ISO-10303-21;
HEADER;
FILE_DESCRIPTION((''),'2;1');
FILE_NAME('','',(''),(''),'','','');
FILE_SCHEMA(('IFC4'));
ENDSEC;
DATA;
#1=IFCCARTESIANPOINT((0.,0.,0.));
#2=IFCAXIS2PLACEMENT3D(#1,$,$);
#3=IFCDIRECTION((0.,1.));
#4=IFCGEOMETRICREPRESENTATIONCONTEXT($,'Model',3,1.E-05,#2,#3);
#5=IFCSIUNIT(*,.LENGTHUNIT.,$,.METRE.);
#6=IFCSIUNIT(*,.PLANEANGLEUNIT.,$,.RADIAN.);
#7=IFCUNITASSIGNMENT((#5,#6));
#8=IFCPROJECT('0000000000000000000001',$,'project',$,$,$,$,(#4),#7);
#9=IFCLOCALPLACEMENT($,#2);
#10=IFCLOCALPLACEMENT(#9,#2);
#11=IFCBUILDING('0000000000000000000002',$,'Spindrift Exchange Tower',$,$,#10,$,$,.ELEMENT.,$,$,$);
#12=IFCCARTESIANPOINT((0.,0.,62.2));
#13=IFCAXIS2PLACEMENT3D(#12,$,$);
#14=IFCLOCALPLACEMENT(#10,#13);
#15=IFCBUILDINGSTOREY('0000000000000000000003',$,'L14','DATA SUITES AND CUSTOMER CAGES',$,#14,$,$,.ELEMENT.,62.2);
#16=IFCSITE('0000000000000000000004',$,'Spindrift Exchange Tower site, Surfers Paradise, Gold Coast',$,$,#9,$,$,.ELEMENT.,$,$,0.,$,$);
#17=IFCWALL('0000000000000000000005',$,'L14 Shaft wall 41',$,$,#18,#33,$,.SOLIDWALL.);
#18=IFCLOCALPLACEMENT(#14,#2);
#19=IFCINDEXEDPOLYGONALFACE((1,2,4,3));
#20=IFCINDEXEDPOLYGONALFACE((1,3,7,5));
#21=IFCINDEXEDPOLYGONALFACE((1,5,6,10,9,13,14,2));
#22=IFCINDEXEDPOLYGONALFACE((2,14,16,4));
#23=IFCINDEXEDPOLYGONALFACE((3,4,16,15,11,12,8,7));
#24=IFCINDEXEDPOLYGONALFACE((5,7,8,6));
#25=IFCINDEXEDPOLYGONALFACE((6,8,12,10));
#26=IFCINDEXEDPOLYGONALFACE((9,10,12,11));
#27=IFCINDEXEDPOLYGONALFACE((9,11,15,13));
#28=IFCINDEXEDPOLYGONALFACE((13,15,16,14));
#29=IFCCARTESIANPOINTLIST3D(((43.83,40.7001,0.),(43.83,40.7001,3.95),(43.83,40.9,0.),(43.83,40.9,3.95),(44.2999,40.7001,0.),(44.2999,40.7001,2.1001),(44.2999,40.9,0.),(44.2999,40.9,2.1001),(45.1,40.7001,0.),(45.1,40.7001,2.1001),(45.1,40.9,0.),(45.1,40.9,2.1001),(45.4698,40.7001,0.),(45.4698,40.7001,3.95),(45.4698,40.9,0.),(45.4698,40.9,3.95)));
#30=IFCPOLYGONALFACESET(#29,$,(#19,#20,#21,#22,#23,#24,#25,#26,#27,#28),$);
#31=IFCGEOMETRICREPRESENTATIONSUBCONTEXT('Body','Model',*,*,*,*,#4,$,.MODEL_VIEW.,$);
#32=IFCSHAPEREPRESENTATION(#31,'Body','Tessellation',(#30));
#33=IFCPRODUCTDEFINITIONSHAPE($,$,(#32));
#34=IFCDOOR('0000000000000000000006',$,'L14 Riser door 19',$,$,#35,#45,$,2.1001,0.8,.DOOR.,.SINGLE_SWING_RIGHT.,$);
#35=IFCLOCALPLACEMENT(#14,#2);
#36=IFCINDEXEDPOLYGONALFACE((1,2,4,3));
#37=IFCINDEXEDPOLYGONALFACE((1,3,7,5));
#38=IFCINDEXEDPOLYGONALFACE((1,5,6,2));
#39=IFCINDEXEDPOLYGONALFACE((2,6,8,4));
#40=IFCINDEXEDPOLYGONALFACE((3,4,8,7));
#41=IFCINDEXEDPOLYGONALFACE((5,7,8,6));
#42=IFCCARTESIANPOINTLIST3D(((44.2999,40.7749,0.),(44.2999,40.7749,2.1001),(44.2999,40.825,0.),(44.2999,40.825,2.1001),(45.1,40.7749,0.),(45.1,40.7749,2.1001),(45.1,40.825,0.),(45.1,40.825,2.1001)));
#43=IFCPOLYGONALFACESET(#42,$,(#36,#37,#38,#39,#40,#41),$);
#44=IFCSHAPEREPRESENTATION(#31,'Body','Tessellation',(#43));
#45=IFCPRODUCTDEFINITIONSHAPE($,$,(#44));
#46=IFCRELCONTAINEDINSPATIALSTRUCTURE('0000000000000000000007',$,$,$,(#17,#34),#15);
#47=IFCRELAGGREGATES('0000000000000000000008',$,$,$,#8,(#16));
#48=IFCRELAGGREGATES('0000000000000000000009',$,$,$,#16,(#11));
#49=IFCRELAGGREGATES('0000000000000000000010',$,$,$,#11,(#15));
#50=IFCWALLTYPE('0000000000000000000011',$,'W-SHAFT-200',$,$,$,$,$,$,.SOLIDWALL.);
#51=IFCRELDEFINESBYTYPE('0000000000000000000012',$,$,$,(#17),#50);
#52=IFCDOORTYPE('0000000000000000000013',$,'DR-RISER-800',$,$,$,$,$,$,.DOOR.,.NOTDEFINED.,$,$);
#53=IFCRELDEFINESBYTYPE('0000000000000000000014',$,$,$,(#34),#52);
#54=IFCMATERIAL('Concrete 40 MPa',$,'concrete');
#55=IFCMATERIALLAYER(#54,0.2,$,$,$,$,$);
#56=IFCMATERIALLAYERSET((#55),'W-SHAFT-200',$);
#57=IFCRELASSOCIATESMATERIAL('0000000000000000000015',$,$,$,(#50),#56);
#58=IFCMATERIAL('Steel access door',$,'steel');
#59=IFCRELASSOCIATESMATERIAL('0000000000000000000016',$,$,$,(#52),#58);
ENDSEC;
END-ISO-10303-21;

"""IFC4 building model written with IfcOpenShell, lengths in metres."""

from ifc_helpers import new_model, si_unit, direction, frame, frame_2d, origin, place, context, subcontext, project, spatial, rectangle, extrude, source, transform, mapped, material, layer, layer_set, type_object, element, fill, save


model = new_model("IFC4")

# Units and contexts
model_context = context("Model", 3, precision=1e-05, world=origin(), true_north=direction((0.0, 1.0)))
body_context = subcontext(model_context, "Body", "Model", "MODEL_VIEW")
ifc_project = project(units=[si_unit("LENGTHUNIT", "METRE"), si_unit("PLANEANGLEUNIT", "RADIAN")], contexts=[model_context])

# Site, building, storey
site_placement = place(None, origin())
site = spatial("IfcSite", under=ifc_project, at=site_placement, Name="Spindrift Exchange Tower site, Surfers Paradise, Gold Coast", CompositionType="ELEMENT", RefElevation=0.0)
building_placement = place(site_placement, origin())
building = spatial("IfcBuilding", under=site, at=building_placement, Name="Spindrift Exchange Tower", CompositionType="ELEMENT")
storey_placement = place(building_placement, frame((0.0, 0.0, 62.2)))
storey = spatial("IfcBuildingStorey", under=building, at=storey_placement, Name="L14", Description="DATA SUITES AND CUSTOMER CAGES", CompositionType="ELEMENT", Elevation=62.2)

# Shared definitions
ifc_material_1 = material(Name="Steel access door", Category="steel")

# Shared definitions
ifc_material_2 = material(Name="Concrete 40 MPa", Category="concrete")
ifc_layer_1 = layer(ifc_material_2, 0.2)
ifc_layer_set_1 = layer_set([ifc_layer_1], Name="W-SHAFT-200")
wall_type_1 = type_object("IfcWallType", Name="W-SHAFT-200", PredefinedType="SOLIDWALL", material=ifc_layer_set_1)

# Wall, opening, door
wall_1_placement = place(storey_placement, frame((43.8301, 40.8, 0.0), z_axis=(0.0, 0.0, 1.0), x_axis=(1.0, 0.0, 0.0)))
wall_1 = element("IfcWall", 1, at=wall_1_placement, inside=storey, type_object=wall_type_1, Name="L14 Shaft wall 41", PredefinedType="SOLIDWALL", context=body_context, shape_type="SweptSolid", body=[
    extrude(rectangle(XDim=1.6399, YDim=0.2, at=frame_2d((0.8198, 0.0))), origin(), (0.0, 0.0, 1.0), 3.95),
])
opening_1_placement = place(wall_1_placement, frame((0.47, 0.0, 0.0)))
opening_1 = element("IfcOpeningElement", 2, at=opening_1_placement, cuts=wall_1, PredefinedType="OPENING", context=body_context, shape_type="SweptSolid", body=[
    extrude(rectangle(XDim=0.8, YDim=2.1001, at=frame_2d((0.3999, 1.05))), frame((0.0, 0.1099, 0.0), z_axis=(0.0, -1.0, 0.0), x_axis=(1.0, 0.0, 0.0)), (0.0, 0.0, 1.0), 0.22),
])
door_type_1 = type_object("IfcDoorType", Name="DR-RISER-800", OperationType="NOTDEFINED", PredefinedType="DOOR", material=ifc_material_1)
shared_shape_1 = source(origin(), body_context, "Body", "SweptSolid", [
    extrude(rectangle(XDim=0.8, YDim=2.1001, at=frame_2d((0.3999, 1.05))), frame((0.0, 0.0249, 0.0), z_axis=(0.0, -1.0, 0.0), x_axis=(1.0, 0.0, 0.0)), (0.0, 0.0, 1.0), 0.05),
])
door_1_placement = place(opening_1_placement, origin())
door_1 = element("IfcDoor", 3, at=door_1_placement, inside=storey, type_object=door_type_1, Name="L14 Riser door 19", OperationType="SINGLE_SWING_RIGHT", OverallHeight=2.1001, OverallWidth=0.8, PredefinedType="DOOR", context=body_context, shape_type="MappedRepresentation", body=[
    mapped(shared_shape_1, transform((0.0, 0.0, 0.0), scale=1.0)),
])
fill(opening_1, door_1)

save(model, "model.ifc")
